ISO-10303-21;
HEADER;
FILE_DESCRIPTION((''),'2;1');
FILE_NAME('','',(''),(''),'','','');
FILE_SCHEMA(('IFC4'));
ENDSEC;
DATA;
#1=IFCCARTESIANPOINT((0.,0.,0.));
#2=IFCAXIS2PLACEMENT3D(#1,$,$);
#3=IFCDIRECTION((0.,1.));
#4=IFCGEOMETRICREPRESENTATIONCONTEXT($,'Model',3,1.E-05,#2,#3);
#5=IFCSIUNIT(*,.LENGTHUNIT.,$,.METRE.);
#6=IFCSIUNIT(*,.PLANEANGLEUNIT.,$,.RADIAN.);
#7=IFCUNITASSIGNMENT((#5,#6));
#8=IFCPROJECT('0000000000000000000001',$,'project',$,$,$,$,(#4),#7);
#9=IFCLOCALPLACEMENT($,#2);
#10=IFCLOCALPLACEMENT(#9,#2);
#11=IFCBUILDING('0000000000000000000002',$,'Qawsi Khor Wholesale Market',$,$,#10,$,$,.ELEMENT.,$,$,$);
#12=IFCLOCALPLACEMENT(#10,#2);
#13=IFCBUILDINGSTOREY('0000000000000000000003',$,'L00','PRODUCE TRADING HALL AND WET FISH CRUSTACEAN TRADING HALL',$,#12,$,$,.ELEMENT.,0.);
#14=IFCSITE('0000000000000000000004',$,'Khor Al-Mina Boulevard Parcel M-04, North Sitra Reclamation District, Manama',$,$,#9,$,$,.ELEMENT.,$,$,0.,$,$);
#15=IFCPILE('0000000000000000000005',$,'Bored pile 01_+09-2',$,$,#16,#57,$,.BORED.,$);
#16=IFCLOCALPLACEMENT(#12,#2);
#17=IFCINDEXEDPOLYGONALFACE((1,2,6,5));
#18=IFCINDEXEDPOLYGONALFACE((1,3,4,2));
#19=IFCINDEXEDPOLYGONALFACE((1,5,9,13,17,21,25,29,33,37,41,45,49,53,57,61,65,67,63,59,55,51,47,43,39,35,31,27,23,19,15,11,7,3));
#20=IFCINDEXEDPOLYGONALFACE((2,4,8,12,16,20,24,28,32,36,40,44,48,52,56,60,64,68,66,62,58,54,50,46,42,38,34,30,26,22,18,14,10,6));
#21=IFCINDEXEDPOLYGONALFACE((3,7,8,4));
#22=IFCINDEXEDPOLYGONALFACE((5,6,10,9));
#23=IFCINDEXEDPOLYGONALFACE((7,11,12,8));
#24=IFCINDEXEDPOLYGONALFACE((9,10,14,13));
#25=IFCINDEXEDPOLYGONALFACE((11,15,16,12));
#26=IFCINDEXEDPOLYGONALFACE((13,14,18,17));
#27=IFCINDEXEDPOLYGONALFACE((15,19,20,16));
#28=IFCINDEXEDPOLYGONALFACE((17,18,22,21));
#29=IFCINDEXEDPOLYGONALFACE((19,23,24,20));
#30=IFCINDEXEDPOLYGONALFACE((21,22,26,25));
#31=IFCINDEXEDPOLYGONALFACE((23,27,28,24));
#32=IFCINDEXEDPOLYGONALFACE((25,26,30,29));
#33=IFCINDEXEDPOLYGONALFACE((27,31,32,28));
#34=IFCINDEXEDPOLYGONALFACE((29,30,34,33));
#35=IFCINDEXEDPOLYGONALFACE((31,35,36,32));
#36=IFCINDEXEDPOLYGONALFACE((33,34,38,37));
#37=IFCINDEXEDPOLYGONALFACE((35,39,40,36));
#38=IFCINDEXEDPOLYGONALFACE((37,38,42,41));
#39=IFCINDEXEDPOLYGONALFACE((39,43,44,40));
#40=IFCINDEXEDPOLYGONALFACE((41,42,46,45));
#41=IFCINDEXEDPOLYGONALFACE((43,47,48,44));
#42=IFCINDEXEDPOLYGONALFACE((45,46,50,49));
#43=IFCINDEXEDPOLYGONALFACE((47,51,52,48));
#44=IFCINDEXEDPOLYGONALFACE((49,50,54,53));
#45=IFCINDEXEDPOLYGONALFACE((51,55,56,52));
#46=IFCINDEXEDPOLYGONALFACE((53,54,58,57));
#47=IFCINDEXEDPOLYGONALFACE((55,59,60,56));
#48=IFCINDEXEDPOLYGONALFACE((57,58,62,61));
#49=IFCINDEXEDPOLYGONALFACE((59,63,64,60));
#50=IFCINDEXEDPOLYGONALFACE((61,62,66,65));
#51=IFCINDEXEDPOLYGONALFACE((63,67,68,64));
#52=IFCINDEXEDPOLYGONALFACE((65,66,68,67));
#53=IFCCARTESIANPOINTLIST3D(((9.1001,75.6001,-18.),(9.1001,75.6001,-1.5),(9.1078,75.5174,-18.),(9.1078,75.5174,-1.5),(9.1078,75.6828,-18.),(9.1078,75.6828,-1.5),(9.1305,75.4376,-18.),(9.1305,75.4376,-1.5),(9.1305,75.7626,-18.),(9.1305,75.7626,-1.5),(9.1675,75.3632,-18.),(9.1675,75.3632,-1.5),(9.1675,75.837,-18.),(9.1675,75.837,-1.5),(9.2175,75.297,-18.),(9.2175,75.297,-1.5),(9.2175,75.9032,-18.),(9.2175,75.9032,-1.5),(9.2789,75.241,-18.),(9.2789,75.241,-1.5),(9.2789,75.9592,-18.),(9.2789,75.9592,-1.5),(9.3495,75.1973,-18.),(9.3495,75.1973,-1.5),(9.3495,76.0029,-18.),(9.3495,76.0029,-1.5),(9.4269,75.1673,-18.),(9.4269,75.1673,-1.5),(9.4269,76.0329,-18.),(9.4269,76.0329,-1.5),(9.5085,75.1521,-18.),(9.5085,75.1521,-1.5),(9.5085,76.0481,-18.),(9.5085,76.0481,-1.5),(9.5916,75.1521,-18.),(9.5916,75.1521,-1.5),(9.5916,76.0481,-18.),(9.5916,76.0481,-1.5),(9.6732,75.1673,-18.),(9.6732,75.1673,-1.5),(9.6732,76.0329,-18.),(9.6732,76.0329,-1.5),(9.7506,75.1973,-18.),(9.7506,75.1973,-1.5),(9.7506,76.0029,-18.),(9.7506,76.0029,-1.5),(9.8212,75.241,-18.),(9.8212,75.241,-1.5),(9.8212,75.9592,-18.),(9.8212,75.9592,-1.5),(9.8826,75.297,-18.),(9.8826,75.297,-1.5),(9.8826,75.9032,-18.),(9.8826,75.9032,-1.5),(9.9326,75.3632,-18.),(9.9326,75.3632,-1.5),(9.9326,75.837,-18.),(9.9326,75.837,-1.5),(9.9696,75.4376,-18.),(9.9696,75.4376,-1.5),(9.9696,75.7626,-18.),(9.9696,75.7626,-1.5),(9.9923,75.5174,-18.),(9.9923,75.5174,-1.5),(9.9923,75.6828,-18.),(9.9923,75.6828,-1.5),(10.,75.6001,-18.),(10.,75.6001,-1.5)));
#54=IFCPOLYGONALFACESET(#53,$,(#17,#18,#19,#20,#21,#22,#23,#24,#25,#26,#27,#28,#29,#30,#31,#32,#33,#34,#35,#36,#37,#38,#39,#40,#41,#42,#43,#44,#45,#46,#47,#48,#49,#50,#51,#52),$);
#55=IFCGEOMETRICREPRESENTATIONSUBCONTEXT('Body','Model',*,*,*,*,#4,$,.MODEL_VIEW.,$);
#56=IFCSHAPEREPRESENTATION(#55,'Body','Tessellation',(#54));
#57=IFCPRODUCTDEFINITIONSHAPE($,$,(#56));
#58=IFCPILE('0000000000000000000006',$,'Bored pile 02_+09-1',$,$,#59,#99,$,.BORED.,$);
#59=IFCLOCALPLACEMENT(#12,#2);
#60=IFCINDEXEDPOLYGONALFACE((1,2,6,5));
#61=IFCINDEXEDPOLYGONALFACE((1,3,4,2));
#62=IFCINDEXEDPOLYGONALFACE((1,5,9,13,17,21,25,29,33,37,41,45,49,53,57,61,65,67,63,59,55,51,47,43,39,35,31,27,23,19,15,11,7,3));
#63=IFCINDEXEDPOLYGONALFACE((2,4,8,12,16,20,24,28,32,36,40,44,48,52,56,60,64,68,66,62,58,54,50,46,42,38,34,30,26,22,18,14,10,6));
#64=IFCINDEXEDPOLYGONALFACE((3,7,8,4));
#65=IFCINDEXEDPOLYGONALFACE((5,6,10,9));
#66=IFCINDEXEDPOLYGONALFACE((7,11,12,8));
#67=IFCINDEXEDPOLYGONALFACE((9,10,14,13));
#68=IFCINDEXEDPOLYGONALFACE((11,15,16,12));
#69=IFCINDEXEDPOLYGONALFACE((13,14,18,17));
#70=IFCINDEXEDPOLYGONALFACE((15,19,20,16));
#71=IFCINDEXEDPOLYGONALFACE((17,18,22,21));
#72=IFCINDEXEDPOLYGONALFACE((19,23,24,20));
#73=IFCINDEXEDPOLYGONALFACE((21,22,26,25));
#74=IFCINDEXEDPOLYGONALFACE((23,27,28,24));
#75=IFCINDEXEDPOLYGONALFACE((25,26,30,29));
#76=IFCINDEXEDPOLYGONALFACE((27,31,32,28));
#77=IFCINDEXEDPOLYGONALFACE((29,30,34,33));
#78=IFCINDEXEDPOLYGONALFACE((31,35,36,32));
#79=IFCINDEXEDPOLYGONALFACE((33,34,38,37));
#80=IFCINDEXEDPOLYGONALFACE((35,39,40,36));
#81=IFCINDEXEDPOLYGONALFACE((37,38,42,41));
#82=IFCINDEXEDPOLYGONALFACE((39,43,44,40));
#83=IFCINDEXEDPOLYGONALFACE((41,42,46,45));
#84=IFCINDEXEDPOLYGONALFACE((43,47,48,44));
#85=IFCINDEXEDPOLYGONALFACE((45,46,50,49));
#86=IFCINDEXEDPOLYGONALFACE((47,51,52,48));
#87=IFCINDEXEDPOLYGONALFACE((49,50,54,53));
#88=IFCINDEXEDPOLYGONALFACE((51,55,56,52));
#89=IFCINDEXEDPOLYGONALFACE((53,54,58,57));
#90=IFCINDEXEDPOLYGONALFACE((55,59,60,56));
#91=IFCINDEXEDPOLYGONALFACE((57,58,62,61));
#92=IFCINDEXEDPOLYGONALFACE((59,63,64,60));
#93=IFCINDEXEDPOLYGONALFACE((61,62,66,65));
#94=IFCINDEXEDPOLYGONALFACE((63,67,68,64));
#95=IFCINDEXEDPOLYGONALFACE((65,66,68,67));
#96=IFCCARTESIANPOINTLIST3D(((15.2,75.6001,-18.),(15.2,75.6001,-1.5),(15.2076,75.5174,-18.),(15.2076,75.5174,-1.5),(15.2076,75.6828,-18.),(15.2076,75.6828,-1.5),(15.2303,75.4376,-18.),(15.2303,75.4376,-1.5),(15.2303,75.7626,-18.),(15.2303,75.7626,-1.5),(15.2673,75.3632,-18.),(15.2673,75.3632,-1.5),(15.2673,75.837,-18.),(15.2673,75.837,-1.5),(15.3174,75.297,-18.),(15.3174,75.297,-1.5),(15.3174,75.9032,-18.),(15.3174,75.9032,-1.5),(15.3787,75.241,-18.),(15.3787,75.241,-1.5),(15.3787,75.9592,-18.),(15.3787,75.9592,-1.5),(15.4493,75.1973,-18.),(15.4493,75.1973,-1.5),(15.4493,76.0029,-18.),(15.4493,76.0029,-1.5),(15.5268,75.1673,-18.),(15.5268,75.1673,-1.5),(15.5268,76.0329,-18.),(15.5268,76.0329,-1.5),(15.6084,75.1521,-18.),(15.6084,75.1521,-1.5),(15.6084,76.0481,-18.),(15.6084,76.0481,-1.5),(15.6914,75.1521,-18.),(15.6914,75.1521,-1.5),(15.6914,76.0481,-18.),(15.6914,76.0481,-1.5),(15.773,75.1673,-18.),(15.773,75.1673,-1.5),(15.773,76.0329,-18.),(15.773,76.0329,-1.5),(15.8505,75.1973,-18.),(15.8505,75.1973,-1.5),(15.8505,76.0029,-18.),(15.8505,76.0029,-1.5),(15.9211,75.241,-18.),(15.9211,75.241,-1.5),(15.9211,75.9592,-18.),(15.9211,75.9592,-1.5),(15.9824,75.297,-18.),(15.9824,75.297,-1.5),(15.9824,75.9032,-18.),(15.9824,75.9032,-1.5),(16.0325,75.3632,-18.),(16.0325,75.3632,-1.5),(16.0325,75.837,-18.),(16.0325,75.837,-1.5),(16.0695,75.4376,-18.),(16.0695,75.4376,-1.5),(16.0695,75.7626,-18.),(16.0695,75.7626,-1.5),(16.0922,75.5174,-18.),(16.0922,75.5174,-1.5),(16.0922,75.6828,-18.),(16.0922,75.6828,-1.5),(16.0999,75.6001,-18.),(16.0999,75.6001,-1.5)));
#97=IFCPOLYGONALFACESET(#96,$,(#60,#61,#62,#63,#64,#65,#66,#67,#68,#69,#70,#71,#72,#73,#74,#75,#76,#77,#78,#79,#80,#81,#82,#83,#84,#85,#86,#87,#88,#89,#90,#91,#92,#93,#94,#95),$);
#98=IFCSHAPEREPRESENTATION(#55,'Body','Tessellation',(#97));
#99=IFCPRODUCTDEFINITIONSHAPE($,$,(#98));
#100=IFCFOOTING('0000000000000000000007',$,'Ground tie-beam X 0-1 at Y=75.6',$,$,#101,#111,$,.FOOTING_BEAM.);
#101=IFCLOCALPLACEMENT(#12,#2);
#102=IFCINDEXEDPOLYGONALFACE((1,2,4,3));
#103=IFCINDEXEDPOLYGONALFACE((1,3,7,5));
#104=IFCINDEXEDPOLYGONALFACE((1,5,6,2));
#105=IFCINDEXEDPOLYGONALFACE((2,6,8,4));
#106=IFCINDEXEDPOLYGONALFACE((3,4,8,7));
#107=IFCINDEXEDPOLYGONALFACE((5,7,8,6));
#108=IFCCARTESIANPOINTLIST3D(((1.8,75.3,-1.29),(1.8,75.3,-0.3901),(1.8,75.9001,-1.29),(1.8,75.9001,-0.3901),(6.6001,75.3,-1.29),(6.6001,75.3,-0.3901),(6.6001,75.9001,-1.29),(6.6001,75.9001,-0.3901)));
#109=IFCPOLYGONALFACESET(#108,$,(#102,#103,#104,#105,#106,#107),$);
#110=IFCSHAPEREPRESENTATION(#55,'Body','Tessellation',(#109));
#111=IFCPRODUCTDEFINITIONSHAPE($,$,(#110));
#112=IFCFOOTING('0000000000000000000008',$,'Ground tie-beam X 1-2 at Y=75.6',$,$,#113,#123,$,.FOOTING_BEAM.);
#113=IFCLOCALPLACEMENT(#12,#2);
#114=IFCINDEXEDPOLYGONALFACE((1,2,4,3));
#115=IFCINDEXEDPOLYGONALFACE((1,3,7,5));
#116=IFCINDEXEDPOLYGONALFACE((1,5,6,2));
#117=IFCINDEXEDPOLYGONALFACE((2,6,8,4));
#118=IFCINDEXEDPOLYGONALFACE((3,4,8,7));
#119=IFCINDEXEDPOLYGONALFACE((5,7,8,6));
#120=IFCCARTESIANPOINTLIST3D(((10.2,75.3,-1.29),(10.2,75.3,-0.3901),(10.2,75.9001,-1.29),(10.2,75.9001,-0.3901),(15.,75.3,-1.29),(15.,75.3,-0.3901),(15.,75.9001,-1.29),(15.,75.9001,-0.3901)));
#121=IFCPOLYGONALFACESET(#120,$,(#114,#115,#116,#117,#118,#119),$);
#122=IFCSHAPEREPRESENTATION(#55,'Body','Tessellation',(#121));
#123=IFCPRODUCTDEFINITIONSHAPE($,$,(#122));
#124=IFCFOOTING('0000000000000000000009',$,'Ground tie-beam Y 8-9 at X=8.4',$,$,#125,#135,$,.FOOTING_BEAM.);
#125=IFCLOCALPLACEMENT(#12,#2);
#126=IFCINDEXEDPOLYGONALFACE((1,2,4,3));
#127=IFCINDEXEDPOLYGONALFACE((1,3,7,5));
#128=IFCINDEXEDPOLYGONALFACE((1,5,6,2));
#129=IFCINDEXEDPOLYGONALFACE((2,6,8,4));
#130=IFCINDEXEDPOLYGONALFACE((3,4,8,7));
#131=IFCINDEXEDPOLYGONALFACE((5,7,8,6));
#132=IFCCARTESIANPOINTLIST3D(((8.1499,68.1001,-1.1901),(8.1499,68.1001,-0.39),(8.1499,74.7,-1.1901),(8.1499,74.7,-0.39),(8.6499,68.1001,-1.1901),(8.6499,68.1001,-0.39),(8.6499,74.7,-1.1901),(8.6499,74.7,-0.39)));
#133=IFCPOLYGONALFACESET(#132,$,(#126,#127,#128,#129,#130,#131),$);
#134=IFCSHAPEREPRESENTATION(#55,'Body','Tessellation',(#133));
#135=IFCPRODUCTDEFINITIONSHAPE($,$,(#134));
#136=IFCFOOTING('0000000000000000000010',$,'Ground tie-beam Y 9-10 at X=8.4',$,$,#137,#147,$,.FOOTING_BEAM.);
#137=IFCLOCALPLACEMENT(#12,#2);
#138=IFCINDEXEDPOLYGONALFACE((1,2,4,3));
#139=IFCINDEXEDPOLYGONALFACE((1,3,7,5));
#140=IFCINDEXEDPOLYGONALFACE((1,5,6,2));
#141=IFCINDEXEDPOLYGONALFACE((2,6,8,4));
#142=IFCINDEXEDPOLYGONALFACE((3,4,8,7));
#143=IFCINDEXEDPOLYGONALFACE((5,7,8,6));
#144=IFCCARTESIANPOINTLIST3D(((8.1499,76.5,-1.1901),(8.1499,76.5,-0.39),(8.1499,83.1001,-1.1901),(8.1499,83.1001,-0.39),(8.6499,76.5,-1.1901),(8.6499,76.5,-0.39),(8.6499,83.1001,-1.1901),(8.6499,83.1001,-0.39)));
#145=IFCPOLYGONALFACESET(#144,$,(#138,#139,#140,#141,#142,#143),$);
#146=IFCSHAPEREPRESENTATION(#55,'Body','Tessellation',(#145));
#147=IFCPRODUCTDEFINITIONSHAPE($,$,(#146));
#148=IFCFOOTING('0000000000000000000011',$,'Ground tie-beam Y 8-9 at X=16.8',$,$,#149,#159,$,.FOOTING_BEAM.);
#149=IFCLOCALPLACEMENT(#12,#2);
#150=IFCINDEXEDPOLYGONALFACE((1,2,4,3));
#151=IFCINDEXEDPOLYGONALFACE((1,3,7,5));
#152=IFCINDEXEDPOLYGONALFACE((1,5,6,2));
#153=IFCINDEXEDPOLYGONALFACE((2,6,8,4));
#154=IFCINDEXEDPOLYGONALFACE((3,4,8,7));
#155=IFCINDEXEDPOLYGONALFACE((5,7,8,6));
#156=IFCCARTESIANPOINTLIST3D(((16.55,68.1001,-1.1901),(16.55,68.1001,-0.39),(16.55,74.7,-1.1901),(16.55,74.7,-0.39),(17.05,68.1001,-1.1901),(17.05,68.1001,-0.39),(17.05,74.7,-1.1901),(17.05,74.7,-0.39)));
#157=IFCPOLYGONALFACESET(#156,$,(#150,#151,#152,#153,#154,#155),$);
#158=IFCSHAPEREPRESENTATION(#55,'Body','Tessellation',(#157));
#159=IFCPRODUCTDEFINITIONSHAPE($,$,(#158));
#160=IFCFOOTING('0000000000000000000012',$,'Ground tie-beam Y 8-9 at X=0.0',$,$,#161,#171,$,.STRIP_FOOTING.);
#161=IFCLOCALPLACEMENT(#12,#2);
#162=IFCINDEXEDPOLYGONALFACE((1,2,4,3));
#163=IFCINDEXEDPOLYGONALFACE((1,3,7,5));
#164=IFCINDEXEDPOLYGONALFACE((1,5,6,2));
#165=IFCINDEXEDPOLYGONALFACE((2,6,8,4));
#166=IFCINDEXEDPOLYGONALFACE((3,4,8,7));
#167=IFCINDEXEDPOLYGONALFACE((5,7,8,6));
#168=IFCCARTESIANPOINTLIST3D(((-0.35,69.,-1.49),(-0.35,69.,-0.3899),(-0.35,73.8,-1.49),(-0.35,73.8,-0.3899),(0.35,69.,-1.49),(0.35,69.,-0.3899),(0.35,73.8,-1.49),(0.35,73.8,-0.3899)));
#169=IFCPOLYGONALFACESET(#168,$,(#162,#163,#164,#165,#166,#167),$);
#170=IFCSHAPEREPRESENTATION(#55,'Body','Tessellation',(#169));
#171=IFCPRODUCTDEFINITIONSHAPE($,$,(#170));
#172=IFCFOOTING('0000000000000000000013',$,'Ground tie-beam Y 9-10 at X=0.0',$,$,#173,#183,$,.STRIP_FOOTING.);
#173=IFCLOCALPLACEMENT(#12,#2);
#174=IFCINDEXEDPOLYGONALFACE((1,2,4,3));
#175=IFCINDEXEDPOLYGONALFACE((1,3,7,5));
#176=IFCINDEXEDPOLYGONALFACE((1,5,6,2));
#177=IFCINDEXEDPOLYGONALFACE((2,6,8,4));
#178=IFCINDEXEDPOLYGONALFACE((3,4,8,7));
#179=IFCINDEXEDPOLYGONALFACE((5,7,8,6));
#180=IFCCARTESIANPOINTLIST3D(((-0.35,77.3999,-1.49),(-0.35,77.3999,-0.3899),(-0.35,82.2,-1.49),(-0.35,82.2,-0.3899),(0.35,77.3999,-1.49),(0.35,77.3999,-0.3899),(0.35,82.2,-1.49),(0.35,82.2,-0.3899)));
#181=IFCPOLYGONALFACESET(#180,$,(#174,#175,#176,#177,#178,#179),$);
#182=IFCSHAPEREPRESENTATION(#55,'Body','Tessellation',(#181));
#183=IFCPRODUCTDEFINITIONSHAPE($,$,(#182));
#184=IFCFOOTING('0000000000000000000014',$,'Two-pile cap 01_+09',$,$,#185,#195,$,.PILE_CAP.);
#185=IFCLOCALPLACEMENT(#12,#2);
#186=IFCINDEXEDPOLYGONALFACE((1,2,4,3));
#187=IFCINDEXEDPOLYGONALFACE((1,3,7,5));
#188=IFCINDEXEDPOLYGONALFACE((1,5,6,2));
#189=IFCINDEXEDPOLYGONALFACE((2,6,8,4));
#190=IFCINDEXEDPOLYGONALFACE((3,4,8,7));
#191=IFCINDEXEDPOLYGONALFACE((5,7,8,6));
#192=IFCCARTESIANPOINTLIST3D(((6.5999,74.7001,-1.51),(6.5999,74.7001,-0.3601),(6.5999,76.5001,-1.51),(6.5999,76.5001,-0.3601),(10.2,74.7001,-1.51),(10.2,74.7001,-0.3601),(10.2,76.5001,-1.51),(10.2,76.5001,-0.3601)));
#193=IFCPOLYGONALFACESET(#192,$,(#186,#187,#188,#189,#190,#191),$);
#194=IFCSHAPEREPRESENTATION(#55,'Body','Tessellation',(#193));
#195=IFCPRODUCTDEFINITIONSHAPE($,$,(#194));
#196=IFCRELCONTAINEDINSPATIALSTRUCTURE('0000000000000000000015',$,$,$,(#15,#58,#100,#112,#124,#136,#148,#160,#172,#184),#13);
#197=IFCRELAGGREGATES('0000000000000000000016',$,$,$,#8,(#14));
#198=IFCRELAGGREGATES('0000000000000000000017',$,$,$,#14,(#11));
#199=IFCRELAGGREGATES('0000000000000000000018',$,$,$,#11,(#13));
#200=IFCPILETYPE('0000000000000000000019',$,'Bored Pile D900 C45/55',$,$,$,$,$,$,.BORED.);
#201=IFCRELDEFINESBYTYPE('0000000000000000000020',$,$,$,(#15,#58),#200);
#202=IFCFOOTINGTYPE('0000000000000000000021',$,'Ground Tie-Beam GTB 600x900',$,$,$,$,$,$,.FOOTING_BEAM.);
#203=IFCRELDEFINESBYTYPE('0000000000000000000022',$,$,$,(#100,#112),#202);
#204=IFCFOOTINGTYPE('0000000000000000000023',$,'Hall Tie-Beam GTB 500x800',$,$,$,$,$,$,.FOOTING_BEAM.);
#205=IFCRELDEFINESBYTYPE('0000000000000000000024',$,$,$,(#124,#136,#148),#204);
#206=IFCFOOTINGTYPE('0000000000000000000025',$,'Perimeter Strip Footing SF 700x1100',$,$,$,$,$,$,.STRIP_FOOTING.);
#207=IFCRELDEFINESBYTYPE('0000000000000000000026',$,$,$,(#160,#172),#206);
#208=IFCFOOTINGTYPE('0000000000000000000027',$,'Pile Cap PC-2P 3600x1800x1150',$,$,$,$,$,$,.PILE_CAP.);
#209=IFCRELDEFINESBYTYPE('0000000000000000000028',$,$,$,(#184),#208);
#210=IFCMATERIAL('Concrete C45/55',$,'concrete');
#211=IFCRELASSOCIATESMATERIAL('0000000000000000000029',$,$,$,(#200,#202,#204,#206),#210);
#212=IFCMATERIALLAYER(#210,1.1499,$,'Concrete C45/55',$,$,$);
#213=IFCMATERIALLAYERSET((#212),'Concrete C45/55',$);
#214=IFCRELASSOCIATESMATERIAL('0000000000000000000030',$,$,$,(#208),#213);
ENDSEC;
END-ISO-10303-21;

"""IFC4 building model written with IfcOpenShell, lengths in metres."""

from ifc_helpers import new_model, si_unit, direction, frame, origin, origin_2d, place, context, subcontext, project, spatial, rectangle, circle, extrude, material, layer, layer_set, material_profile, profile_set, type_object, element, save


model = new_model("IFC4")

# Units and contexts
model_context = context("Model", 3, precision=1e-05, world=origin(), true_north=direction((0.0, 1.0)))
body_context = subcontext(model_context, "Body", "Model", "MODEL_VIEW")
ifc_project = project(units=[si_unit("LENGTHUNIT", "METRE"), si_unit("PLANEANGLEUNIT", "RADIAN")], contexts=[model_context])

# Site, building, storey
site_placement = place(None, origin())
site = spatial("IfcSite", under=ifc_project, at=site_placement, Name="Khor Al-Mina Boulevard Parcel M-04, North Sitra Reclamation District, Manama", CompositionType="ELEMENT", RefElevation=0.0)
building_placement = place(site_placement, origin())
building = spatial("IfcBuilding", under=site, at=building_placement, Name="Qawsi Khor Wholesale Market", CompositionType="ELEMENT")
storey_placement = place(building_placement, origin())
storey = spatial("IfcBuildingStorey", under=building, at=storey_placement, Name="L00", Description="PRODUCE TRADING HALL AND WET FISH CRUSTACEAN TRADING HALL", CompositionType="ELEMENT", Elevation=0.0)

# Piles
ifc_material_1 = material(Name="Concrete C45/55", Category="concrete")
ifc_material_profile_1 = material_profile(ifc_material_1, circle(Radius=0.45, at=origin_2d()), Name="PILE D900")
ifc_profile_set_1 = profile_set([ifc_material_profile_1], Name="Concrete C45/55")
pile_type = type_object("IfcPileType", Name="Bored Pile D900 C45/55", PredefinedType="BORED", material=ifc_profile_set_1)
for number, where, z_axis, x_axis, name in (
    (1, (9.55, 75.6001, -1.5), (0.0, 0.0, -1.0), (1.0, 0.0, 0.0), "Bored pile 01_+09-2"),
    (2, (15.6499, 75.6001, -1.5), (0.0, 0.0, -1.0), (1.0, 0.0, 0.0), "Bored pile 02_+09-1"),
):
    element("IfcPile", number, at=place(storey_placement, frame(where, z_axis=z_axis, x_axis=x_axis)), inside=storey, type_object=pile_type, Name=name, PredefinedType="BORED", context=body_context, shape_type="SweptSolid", body=[
        extrude(circle(Radius=0.45, at=origin_2d()), origin(), (0.0, 0.0, 1.0), 16.5),
    ])

# Footings
ifc_material_profile_2 = material_profile(ifc_material_1, rectangle(XDim=0.6001, YDim=0.8999, at=origin_2d()), Name="RC 600x900")
ifc_profile_set_2 = profile_set([ifc_material_profile_2], Name="Concrete C45/55")
footing_type_1 = type_object("IfcFootingType", Name="Ground Tie-Beam GTB 600x900", PredefinedType="FOOTING_BEAM", material=ifc_profile_set_2)
for number, where, z_axis, x_axis, name in (
    (3, (1.8, 75.6001, -0.8401), (1.0, 0.0, 0.0), (0.0, 1.0, 0.0), "Ground tie-beam X 0-1 at Y=75.6"),
    (4, (10.2, 75.6001, -0.8401), (1.0, 0.0, 0.0), (0.0, 1.0, 0.0), "Ground tie-beam X 1-2 at Y=75.6"),
):
    element("IfcFooting", number, at=place(storey_placement, frame(where, z_axis=z_axis, x_axis=x_axis)), inside=storey, type_object=footing_type_1, Name=name, PredefinedType="FOOTING_BEAM", context=body_context, shape_type="SweptSolid", body=[
        extrude(rectangle(XDim=0.6001, YDim=0.8999, at=origin_2d()), origin(), (0.0, 0.0, 1.0), 4.8),
    ])
ifc_material_profile_3 = material_profile(ifc_material_1, rectangle(XDim=0.5, YDim=0.8, at=origin_2d()), Name="RC 500x800")
ifc_profile_set_3 = profile_set([ifc_material_profile_3], Name="Concrete C45/55")
footing_type_2 = type_object("IfcFootingType", Name="Hall Tie-Beam GTB 500x800", PredefinedType="FOOTING_BEAM", material=ifc_profile_set_3)
footing_1_placement = place(storey_placement, frame((8.3999, 68.1001, -0.79), z_axis=(0.0, 1.0, 0.0), x_axis=(-1.0, 0.0, 0.0)))
element("IfcFooting", 5, at=footing_1_placement, inside=storey, type_object=footing_type_2, Name="Ground tie-beam Y 8-9 at X=8.4", PredefinedType="FOOTING_BEAM", context=body_context, shape_type="SweptSolid", body=[
    extrude(rectangle(XDim=0.5, YDim=0.8, at=origin_2d()), origin(), (0.0, 0.0, 1.0), 6.5999),
])
footing_2_placement = place(storey_placement, frame((8.3999, 76.5, -0.79), z_axis=(0.0, 1.0, 0.0), x_axis=(-1.0, 0.0, 0.0)))
element("IfcFooting", 6, at=footing_2_placement, inside=storey, type_object=footing_type_2, Name="Ground tie-beam Y 9-10 at X=8.4", PredefinedType="FOOTING_BEAM", context=body_context, shape_type="SweptSolid", body=[
    extrude(rectangle(XDim=0.5, YDim=0.8, at=origin_2d()), origin(), (0.0, 0.0, 1.0), 6.6001),
])
footing_3_placement = place(storey_placement, frame((16.8, 68.1001, -0.79), z_axis=(0.0, 1.0, 0.0), x_axis=(-1.0, 0.0, 0.0)))
element("IfcFooting", 7, at=footing_3_placement, inside=storey, type_object=footing_type_2, Name="Ground tie-beam Y 8-9 at X=16.8", PredefinedType="FOOTING_BEAM", context=body_context, shape_type="SweptSolid", body=[
    extrude(rectangle(XDim=0.5, YDim=0.8, at=origin_2d()), origin(), (0.0, 0.0, 1.0), 6.5999),
])
ifc_material_profile_4 = material_profile(ifc_material_1, rectangle(XDim=0.7, YDim=1.1001, at=origin_2d()), Name="RC 700x1100")
ifc_profile_set_4 = profile_set([ifc_material_profile_4], Name="Concrete C45/55")
footing_type_3 = type_object("IfcFootingType", Name="Perimeter Strip Footing SF 700x1100", PredefinedType="STRIP_FOOTING", material=ifc_profile_set_4)
for number, where, z_axis, x_axis, name in (
    (8, (0.0, 69.0, -0.9399), (0.0, 1.0, 0.0), (-1.0, 0.0, 0.0), "Ground tie-beam Y 8-9 at X=0.0"),
    (9, (0.0, 77.3999, -0.9399), (0.0, 1.0, 0.0), (-1.0, 0.0, 0.0), "Ground tie-beam Y 9-10 at X=0.0"),
):
    element("IfcFooting", number, at=place(storey_placement, frame(where, z_axis=z_axis, x_axis=x_axis)), inside=storey, type_object=footing_type_3, Name=name, PredefinedType="STRIP_FOOTING", context=body_context, shape_type="SweptSolid", body=[
        extrude(rectangle(XDim=0.7, YDim=1.1001, at=origin_2d()), origin(), (0.0, 0.0, 1.0), 4.8),
    ])
ifc_layer_1 = layer(ifc_material_1, 1.1499, Name="Concrete C45/55")
ifc_layer_set_1 = layer_set([ifc_layer_1], Name="Concrete C45/55")
footing_type_4 = type_object("IfcFootingType", Name="Pile Cap PC-2P 3600x1800x1150", PredefinedType="PILE_CAP", material=ifc_layer_set_1)
for number, where, z_axis, x_axis, name in (
    (10, (8.3999, 75.6001, -1.51), (0.0, 0.0, 1.0), (1.0, 0.0, 0.0), "Two-pile cap 01_+09"),
):
    element("IfcFooting", number, at=place(storey_placement, frame(where, z_axis=z_axis, x_axis=x_axis)), inside=storey, type_object=footing_type_4, Name=name, PredefinedType="PILE_CAP", context=body_context, shape_type="SweptSolid", body=[
        extrude(rectangle(XDim=3.6001, YDim=1.8, at=origin_2d()), origin(), (0.0, 0.0, 1.0), 1.1499),
    ])

save(model, "model.ifc")
